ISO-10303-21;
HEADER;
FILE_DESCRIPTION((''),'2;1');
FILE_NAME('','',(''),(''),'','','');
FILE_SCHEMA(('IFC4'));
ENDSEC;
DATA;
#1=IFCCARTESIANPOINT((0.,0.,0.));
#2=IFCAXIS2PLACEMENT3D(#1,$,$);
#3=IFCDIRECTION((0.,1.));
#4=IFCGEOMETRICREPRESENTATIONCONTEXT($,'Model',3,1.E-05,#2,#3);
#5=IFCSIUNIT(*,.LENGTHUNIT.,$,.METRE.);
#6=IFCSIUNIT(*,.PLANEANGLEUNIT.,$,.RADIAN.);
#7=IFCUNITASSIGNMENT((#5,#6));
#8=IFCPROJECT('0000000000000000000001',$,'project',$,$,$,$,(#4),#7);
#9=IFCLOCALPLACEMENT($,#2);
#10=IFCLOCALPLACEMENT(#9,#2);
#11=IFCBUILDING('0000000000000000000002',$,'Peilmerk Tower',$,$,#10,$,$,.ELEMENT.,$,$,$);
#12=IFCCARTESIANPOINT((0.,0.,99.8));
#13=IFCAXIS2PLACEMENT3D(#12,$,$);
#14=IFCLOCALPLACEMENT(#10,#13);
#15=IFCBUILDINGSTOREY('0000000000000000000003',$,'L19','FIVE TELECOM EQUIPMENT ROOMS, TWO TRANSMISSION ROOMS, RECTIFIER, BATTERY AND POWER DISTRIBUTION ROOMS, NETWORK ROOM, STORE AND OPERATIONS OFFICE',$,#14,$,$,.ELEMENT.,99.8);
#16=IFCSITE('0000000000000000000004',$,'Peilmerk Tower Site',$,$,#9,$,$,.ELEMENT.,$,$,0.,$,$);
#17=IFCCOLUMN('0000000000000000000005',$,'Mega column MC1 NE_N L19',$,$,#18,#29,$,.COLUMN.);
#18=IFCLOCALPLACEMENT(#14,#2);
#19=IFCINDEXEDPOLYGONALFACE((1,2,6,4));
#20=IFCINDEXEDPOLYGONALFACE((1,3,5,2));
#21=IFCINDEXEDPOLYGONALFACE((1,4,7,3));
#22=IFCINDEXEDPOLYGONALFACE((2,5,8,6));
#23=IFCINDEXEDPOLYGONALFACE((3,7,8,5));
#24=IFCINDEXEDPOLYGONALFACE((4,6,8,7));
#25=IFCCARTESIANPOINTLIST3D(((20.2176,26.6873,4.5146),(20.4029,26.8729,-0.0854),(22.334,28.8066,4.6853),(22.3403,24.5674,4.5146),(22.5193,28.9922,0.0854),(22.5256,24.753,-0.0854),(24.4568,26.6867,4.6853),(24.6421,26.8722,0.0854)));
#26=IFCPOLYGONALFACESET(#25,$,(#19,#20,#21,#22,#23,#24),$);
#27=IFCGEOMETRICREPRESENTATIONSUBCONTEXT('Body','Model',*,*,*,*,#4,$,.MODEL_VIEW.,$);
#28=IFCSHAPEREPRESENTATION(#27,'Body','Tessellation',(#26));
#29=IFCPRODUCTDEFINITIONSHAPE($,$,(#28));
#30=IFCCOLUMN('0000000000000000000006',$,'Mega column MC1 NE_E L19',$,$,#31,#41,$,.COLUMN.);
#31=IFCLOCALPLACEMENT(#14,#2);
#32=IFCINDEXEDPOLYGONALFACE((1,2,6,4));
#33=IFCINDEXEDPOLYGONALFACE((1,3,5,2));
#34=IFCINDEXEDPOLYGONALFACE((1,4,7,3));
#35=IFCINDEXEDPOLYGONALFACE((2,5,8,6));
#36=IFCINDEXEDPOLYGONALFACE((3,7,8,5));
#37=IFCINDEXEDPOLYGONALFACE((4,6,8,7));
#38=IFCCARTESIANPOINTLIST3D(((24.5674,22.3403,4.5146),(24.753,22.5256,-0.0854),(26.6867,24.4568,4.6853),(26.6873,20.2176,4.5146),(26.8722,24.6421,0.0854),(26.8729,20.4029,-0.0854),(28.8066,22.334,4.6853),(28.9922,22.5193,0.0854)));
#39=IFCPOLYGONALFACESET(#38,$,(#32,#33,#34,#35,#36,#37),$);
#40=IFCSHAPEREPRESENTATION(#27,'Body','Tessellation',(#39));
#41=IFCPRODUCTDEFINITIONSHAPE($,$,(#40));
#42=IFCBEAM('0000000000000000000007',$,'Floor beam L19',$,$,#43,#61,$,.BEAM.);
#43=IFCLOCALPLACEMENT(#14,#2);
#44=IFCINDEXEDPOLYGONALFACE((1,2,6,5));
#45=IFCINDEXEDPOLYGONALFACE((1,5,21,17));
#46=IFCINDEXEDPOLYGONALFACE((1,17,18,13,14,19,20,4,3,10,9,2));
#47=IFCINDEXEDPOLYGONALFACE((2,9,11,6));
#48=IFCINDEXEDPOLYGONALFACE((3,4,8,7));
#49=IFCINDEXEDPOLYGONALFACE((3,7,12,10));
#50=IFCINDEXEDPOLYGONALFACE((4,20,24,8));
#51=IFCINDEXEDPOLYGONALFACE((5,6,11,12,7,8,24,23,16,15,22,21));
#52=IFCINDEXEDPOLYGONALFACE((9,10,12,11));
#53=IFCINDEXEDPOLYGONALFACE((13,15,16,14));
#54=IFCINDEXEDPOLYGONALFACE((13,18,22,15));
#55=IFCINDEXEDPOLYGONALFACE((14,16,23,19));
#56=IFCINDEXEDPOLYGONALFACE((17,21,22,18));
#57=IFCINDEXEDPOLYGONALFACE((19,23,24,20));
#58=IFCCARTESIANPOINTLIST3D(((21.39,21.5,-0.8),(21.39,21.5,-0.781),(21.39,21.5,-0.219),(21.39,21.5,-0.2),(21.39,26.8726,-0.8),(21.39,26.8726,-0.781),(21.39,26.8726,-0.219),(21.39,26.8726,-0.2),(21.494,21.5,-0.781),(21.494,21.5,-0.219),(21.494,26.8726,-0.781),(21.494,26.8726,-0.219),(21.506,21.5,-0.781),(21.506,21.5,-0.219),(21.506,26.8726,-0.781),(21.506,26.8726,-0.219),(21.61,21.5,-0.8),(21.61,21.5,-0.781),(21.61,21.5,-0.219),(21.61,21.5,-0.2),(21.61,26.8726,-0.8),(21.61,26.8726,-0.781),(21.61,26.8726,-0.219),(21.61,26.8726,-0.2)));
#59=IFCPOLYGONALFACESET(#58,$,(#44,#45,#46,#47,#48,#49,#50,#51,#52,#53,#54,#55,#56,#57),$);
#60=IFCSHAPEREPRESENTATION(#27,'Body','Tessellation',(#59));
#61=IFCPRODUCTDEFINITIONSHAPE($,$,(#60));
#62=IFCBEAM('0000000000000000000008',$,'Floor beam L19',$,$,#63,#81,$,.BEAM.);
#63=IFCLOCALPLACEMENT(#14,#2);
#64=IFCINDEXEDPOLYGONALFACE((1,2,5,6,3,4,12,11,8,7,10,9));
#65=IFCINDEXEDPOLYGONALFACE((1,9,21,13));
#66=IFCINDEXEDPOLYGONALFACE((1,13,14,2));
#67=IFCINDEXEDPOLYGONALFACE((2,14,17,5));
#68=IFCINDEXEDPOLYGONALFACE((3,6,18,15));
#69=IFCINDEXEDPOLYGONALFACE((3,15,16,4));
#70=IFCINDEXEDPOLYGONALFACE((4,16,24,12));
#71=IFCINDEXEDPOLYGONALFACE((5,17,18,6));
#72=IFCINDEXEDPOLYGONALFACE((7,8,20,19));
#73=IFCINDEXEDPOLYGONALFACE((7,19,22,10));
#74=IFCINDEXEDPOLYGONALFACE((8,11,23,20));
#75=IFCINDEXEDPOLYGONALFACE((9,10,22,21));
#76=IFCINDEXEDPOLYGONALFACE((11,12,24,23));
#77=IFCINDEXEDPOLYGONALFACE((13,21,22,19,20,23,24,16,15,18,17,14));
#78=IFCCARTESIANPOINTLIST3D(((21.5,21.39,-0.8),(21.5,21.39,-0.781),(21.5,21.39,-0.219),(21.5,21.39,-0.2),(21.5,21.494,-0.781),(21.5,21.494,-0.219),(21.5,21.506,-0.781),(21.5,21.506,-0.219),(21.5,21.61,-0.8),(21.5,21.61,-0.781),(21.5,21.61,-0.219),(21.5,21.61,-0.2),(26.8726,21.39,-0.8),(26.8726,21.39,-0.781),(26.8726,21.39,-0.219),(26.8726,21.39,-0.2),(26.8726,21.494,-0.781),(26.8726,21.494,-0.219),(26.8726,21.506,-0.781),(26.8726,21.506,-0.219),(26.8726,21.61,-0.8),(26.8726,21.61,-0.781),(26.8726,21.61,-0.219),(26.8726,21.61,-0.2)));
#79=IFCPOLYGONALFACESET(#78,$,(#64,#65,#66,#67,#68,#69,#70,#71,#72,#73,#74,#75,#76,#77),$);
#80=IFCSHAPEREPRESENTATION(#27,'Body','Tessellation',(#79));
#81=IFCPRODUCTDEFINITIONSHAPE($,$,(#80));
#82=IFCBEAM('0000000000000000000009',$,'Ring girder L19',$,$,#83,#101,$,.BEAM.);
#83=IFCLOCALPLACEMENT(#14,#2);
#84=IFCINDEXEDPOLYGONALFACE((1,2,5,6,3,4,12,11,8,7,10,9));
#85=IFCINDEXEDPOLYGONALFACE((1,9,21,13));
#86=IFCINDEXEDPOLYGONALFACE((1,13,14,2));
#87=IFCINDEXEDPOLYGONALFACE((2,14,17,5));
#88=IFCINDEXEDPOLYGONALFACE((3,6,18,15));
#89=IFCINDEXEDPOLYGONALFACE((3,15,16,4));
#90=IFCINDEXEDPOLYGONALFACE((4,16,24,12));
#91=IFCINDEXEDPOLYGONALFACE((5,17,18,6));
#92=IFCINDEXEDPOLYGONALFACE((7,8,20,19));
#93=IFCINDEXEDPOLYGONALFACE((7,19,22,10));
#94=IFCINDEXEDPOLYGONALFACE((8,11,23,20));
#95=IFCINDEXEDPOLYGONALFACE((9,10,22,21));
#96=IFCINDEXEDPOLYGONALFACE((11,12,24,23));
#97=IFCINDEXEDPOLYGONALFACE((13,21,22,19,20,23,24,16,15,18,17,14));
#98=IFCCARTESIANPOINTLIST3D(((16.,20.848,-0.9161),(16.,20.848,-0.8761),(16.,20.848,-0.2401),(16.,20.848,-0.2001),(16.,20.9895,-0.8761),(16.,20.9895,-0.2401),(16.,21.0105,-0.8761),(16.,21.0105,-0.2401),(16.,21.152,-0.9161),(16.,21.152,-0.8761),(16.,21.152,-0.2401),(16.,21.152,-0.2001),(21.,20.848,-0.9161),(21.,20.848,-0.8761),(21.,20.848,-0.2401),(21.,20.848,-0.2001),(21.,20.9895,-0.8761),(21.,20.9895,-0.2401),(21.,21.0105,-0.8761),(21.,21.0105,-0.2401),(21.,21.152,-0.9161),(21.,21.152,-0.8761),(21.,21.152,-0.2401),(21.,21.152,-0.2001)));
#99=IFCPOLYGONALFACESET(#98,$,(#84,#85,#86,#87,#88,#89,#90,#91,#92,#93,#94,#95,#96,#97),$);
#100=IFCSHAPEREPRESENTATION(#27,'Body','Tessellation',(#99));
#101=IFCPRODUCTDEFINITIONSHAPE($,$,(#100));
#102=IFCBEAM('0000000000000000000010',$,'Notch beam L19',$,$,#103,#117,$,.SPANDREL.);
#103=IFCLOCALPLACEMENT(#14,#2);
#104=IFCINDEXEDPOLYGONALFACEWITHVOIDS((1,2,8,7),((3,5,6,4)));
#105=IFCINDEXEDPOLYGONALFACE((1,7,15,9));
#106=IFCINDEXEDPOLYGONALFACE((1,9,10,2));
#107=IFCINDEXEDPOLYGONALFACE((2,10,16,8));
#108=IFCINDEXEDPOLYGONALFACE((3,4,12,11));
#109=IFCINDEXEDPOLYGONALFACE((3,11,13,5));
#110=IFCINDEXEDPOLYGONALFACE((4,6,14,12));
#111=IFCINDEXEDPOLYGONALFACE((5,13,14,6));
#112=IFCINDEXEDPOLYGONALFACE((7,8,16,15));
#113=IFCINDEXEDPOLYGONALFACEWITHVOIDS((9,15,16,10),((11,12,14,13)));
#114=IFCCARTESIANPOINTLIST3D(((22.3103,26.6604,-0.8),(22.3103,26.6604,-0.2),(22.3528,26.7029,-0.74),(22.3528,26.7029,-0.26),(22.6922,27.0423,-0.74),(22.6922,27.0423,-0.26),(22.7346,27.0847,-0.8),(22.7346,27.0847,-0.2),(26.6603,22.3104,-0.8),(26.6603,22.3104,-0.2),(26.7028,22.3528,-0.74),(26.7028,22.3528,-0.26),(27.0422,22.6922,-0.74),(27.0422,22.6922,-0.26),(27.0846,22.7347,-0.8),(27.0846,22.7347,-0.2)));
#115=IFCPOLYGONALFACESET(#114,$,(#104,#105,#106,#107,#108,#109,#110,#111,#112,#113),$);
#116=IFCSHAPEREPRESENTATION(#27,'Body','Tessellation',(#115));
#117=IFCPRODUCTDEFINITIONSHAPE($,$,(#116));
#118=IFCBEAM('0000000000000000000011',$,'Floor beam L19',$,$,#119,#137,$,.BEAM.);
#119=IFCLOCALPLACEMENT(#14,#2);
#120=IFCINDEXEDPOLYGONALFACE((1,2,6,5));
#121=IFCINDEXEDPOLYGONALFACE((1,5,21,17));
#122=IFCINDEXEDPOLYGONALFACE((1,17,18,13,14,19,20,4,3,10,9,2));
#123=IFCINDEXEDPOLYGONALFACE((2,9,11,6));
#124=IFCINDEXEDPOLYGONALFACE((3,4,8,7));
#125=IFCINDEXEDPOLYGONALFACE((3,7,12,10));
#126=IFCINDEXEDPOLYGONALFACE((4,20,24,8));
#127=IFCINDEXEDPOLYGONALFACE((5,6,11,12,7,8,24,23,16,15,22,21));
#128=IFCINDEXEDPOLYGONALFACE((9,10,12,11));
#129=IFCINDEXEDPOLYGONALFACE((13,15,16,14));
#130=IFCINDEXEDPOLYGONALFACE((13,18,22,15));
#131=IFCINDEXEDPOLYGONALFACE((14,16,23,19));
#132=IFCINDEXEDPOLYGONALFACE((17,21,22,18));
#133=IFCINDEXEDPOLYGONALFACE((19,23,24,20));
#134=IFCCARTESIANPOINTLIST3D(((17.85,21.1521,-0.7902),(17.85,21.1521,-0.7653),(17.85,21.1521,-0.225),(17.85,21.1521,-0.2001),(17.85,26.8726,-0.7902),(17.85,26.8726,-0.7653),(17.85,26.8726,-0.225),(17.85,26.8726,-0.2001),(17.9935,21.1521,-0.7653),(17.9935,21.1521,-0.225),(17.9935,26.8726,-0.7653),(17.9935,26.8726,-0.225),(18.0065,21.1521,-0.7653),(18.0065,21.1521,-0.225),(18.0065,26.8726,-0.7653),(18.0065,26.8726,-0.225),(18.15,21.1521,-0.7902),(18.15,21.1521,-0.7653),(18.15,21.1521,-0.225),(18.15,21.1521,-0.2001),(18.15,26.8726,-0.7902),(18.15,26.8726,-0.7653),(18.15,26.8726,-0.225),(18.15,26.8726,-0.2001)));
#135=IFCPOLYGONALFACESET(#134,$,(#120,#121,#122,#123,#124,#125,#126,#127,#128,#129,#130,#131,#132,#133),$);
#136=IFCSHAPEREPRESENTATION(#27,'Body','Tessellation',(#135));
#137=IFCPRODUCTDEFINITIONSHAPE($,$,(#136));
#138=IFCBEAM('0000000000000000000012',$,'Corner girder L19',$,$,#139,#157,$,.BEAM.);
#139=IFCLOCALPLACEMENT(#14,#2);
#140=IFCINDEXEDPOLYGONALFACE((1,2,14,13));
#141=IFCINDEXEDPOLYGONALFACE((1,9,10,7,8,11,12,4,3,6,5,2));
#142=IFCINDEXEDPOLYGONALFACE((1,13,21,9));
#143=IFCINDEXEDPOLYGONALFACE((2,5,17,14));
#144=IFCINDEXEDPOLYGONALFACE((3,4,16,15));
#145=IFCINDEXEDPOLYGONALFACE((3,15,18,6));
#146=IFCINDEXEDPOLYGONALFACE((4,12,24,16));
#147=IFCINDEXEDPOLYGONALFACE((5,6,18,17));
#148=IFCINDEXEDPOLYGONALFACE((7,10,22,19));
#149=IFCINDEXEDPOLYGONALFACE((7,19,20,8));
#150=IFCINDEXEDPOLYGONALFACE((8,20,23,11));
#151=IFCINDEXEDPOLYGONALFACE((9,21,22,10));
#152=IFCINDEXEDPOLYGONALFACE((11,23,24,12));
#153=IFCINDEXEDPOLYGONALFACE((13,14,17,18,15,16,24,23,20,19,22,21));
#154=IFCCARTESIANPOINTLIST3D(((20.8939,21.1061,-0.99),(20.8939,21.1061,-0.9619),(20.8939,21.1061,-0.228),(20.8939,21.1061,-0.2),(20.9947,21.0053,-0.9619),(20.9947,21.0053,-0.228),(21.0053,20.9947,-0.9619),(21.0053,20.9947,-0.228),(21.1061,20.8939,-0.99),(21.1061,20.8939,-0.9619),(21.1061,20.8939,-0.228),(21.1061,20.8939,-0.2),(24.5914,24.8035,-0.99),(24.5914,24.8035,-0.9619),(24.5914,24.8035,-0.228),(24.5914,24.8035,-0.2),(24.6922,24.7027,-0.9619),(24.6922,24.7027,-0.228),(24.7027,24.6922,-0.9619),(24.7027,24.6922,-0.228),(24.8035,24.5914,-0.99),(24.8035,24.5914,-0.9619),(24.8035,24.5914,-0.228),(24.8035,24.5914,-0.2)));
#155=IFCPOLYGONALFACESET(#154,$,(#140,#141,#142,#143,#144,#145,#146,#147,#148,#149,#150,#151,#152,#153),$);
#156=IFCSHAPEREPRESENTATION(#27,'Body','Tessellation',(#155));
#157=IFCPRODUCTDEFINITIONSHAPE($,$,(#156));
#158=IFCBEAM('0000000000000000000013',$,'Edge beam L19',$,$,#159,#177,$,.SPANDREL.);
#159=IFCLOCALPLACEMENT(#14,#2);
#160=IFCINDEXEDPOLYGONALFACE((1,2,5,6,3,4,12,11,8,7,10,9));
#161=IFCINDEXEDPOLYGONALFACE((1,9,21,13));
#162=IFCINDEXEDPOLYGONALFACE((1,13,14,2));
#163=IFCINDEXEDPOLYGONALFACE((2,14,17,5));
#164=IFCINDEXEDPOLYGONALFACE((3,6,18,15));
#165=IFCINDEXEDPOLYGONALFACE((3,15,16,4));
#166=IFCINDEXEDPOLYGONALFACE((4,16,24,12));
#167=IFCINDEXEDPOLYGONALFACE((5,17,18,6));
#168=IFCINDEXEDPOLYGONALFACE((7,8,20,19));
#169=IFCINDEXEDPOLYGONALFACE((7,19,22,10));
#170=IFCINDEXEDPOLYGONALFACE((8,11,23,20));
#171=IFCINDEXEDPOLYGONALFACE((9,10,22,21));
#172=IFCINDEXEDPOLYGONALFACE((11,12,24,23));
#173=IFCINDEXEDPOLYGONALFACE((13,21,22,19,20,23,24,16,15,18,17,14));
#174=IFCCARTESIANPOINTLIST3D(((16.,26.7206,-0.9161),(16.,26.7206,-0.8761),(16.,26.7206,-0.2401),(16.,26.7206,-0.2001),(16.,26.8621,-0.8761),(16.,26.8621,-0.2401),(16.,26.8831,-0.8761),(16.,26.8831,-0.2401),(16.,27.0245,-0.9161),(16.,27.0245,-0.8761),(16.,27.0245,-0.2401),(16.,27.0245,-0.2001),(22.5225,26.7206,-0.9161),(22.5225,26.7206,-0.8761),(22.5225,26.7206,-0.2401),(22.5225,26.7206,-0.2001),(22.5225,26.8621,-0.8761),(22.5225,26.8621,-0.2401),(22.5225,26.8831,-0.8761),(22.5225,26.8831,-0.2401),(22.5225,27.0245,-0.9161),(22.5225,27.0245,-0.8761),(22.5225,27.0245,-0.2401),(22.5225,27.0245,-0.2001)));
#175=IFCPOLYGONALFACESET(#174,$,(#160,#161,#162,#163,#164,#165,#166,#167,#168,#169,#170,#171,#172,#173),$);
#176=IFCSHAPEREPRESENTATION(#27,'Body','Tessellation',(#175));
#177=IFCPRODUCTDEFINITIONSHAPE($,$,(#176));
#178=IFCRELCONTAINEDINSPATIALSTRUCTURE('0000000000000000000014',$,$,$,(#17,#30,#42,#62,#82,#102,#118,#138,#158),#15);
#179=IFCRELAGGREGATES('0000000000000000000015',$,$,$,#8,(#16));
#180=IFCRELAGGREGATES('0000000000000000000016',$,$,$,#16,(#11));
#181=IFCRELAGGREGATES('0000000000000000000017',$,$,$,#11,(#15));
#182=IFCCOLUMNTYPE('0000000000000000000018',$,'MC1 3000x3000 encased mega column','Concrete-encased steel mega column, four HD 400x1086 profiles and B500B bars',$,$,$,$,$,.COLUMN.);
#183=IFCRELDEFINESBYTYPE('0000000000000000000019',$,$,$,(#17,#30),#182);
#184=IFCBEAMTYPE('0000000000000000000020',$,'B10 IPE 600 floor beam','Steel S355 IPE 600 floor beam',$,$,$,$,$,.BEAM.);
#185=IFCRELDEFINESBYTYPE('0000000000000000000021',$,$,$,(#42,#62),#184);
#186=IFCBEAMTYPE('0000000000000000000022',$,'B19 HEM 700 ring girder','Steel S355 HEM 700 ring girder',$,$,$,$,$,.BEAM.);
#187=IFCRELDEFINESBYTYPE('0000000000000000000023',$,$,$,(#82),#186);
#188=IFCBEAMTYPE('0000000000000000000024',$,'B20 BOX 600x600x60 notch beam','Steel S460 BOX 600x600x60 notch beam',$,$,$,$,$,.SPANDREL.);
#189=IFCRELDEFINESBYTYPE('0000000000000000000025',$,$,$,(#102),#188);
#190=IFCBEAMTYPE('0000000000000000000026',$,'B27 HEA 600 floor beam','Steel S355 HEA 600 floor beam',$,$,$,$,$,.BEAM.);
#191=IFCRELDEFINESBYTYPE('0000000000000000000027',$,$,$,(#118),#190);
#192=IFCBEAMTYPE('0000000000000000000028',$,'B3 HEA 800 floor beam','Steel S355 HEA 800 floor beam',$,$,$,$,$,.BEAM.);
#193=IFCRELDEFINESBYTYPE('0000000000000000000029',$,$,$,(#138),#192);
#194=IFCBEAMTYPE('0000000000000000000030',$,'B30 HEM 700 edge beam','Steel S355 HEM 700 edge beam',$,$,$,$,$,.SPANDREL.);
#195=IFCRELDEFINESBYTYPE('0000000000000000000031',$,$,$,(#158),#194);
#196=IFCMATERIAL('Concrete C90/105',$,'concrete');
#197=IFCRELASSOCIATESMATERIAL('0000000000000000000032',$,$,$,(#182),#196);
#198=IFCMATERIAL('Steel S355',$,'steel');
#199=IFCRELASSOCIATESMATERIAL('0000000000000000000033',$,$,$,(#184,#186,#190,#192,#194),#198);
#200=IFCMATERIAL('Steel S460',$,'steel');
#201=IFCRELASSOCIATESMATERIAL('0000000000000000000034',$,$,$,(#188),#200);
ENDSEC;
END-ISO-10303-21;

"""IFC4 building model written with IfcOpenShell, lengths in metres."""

from ifc_helpers import new_model, si_unit, direction, frame, origin, origin_2d, place, context, subcontext, project, spatial, rectangle, hollow_rectangle, i_section, extrude, material, material_profile, profile_set, type_object, element, save


model = new_model("IFC4")

# Units and contexts
model_context = context("Model", 3, precision=1e-05, world=origin(), true_north=direction((0.0, 1.0)))
body_context = subcontext(model_context, "Body", "Model", "MODEL_VIEW")
ifc_project = project(units=[si_unit("LENGTHUNIT", "METRE"), si_unit("PLANEANGLEUNIT", "RADIAN")], contexts=[model_context])

# Site, building, storey
site_placement = place(None, origin())
site = spatial("IfcSite", under=ifc_project, at=site_placement, Name="Peilmerk Tower Site", CompositionType="ELEMENT", RefElevation=0.0)
building_placement = place(site_placement, origin())
building = spatial("IfcBuilding", under=site, at=building_placement, Name="Peilmerk Tower", CompositionType="ELEMENT")
storey_placement = place(building_placement, frame((0.0, 0.0, 99.8)))
storey = spatial("IfcBuildingStorey", under=building, at=storey_placement, Name="L19", Description="FIVE TELECOM EQUIPMENT ROOMS, TWO TRANSMISSION ROOMS, RECTIFIER, BATTERY AND POWER DISTRIBUTION ROOMS, NETWORK ROOM, STORE AND OPERATIONS OFFICE", CompositionType="ELEMENT", Elevation=99.8)

# Columns
ifc_material_1 = material(Name="Concrete C90/105", Category="concrete")
ifc_material_profile_1 = material_profile(ifc_material_1, rectangle(XDim=3.0, YDim=3.0, at=origin_2d()), Name="RC 3000x3000")
ifc_profile_set_1 = profile_set([ifc_material_profile_1], Name="Concrete C90/105")
column_type = type_object("IfcColumnType", Name="MC1 3000x3000 encased mega column", Description="Concrete-encased steel mega column, four HD 400x1086 profiles and B500B bars", PredefinedType="COLUMN", material=ifc_profile_set_1)
for number, where, z_axis, x_axis, name in (
    (1, (22.5225, 26.8726, 0.0), (-0.040219, -0.040272, 0.998379), (0.707572, -0.706641, 0.0), "Mega column MC1 NE_N L19"),
    (2, (26.8726, 22.5225, 0.0), (-0.040272, -0.040219, 0.998379), (0.706641, -0.707572, 0.0), "Mega column MC1 NE_E L19"),
):
    element("IfcColumn", number, at=place(storey_placement, frame(where, z_axis=z_axis, x_axis=x_axis)), inside=storey, type_object=column_type, Name=name, PredefinedType="COLUMN", context=body_context, shape_type="SweptSolid", body=[
        extrude(rectangle(XDim=3.0, YDim=3.0, at=origin_2d()), origin(), (0.0, 0.0, 1.0), 4.6074),
    ])

# Beams
ifc_material_2 = material(Name="Steel S355", Category="steel")
ifc_material_profile_2 = material_profile(ifc_material_2, i_section(OverallWidth=0.22, OverallDepth=0.6001, WebThickness=0.012, FlangeThickness=0.019, at=origin_2d()), Name="IPE 600")
ifc_profile_set_2 = profile_set([ifc_material_profile_2], Name="Steel S355")
beam_type_1 = type_object("IfcBeamType", Name="B10 IPE 600 floor beam", Description="Steel S355 IPE 600 floor beam", PredefinedType="BEAM", material=ifc_profile_set_2)
for number, where, z_axis, x_axis, name in (
    (3, (21.5, 21.5, -0.5), (0.0, 1.0, 0.0), (-1.0, 0.0, 0.0), "Floor beam L19"),
    (4, (21.5, 21.5, -0.5), (1.0, 0.0, 0.0), (0.0, 1.0, 0.0), "Floor beam L19"),
):
    element("IfcBeam", number, at=place(storey_placement, frame(where, z_axis=z_axis, x_axis=x_axis)), inside=storey, type_object=beam_type_1, Name=name, PredefinedType="BEAM", context=body_context, shape_type="SweptSolid", body=[
        extrude(i_section(OverallWidth=0.22, OverallDepth=0.6001, WebThickness=0.012, FlangeThickness=0.019, at=origin_2d()), origin(), (0.0, 0.0, 1.0), 5.3726),
    ])
ifc_material_profile_3 = material_profile(ifc_material_2, i_section(OverallWidth=0.304, OverallDepth=0.7161, WebThickness=0.021, FlangeThickness=0.04, at=origin_2d()), Name="HEM 700")
ifc_profile_set_3 = profile_set([ifc_material_profile_3], Name="Steel S355")
beam_type_2 = type_object("IfcBeamType", Name="B19 HEM 700 ring girder", Description="Steel S355 HEM 700 ring girder", PredefinedType="BEAM", material=ifc_profile_set_3)
beam_1_placement = place(storey_placement, frame((21.0, 21.0, -0.5581), z_axis=(-1.0, 0.0, 0.0), x_axis=(0.0, -1.0, 0.0)))
element("IfcBeam", 5, at=beam_1_placement, inside=storey, type_object=beam_type_2, Name="Ring girder L19", PredefinedType="BEAM", context=body_context, shape_type="SweptSolid", body=[
    extrude(i_section(OverallWidth=0.304, OverallDepth=0.7161, WebThickness=0.021, FlangeThickness=0.04, at=origin_2d()), origin(), (0.0, 0.0, 1.0), 5.0),
])
ifc_material_3 = material(Name="Steel S460", Category="steel")
ifc_material_profile_4 = material_profile(ifc_material_3, hollow_rectangle(XDim=0.6001, YDim=0.6001, WallThickness=0.0601, at=origin_2d()), Name="BOX 600x600x60")
ifc_profile_set_4 = profile_set([ifc_material_profile_4], Name="Steel S460")
beam_type_3 = type_object("IfcBeamType", Name="B20 BOX 600x600x60 notch beam", Description="Steel S460 BOX 600x600x60 notch beam", PredefinedType="SPANDREL", material=ifc_profile_set_4)
beam_2_placement = place(storey_placement, frame((22.5225, 26.8726, -0.5), z_axis=(0.707107, -0.707107, 0.0), x_axis=(0.707107, 0.707107, 0.0)))
element("IfcBeam", 6, at=beam_2_placement, inside=storey, type_object=beam_type_3, Name="Notch beam L19", PredefinedType="SPANDREL", context=body_context, shape_type="SweptSolid", body=[
    extrude(hollow_rectangle(XDim=0.6001, YDim=0.6001, WallThickness=0.0601, at=origin_2d()), origin(), (0.0, 0.0, 1.0), 6.1519),
])
ifc_material_profile_5 = material_profile(ifc_material_2, i_section(OverallWidth=0.3, OverallDepth=0.5901, WebThickness=0.0129, FlangeThickness=0.0249, at=origin_2d()), Name="HEA 600")
ifc_profile_set_5 = profile_set([ifc_material_profile_5], Name="Steel S355")
beam_type_4 = type_object("IfcBeamType", Name="B27 HEA 600 floor beam", Description="Steel S355 HEA 600 floor beam", PredefinedType="BEAM", material=ifc_profile_set_5)
beam_3_placement = place(storey_placement, frame((18.0, 21.1521, -0.4951), z_axis=(0.0, 1.0, 0.0), x_axis=(-1.0, 0.0, 0.0)))
element("IfcBeam", 7, at=beam_3_placement, inside=storey, type_object=beam_type_4, Name="Floor beam L19", PredefinedType="BEAM", context=body_context, shape_type="SweptSolid", body=[
    extrude(i_section(OverallWidth=0.3, OverallDepth=0.5901, WebThickness=0.0129, FlangeThickness=0.0249, at=origin_2d()), origin(), (0.0, 0.0, 1.0), 5.7205),
])
ifc_material_profile_6 = material_profile(ifc_material_2, i_section(OverallWidth=0.3, OverallDepth=0.79, WebThickness=0.0149, FlangeThickness=0.0281, at=origin_2d()), Name="HEA 800")
ifc_profile_set_6 = profile_set([ifc_material_profile_6], Name="Steel S355")
beam_type_5 = type_object("IfcBeamType", Name="B3 HEA 800 floor beam", Description="Steel S355 HEA 800 floor beam", PredefinedType="BEAM", material=ifc_profile_set_6)
beam_4_placement = place(storey_placement, frame((21.0, 21.0, -0.595), z_axis=(0.707107, 0.707107, 0.0), x_axis=(-0.707107, 0.707107, 0.0)))
element("IfcBeam", 8, at=beam_4_placement, inside=storey, type_object=beam_type_5, Name="Corner girder L19", PredefinedType="BEAM", context=body_context, shape_type="SweptSolid", body=[
    extrude(i_section(OverallWidth=0.3, OverallDepth=0.79, WebThickness=0.0149, FlangeThickness=0.0281, at=origin_2d()), origin(), (0.0, 0.0, 1.0), 5.229),
])
ifc_material_profile_7 = material_profile(ifc_material_2, i_section(OverallWidth=0.304, OverallDepth=0.7161, WebThickness=0.021, FlangeThickness=0.04, at=origin_2d()), Name="HEM 700")
ifc_profile_set_7 = profile_set([ifc_material_profile_7], Name="Steel S355")
beam_type_6 = type_object("IfcBeamType", Name="B30 HEM 700 edge beam", Description="Steel S355 HEM 700 edge beam", PredefinedType="SPANDREL", material=ifc_profile_set_7)
beam_5_placement = place(storey_placement, frame((22.5225, 26.8726, -0.5581), z_axis=(-1.0, 0.0, 0.0), x_axis=(0.0, -1.0, 0.0)))
element("IfcBeam", 9, at=beam_5_placement, inside=storey, type_object=beam_type_6, Name="Edge beam L19", PredefinedType="SPANDREL", context=body_context, shape_type="SweptSolid", body=[
    extrude(i_section(OverallWidth=0.304, OverallDepth=0.7161, WebThickness=0.021, FlangeThickness=0.04, at=origin_2d()), origin(), (0.0, 0.0, 1.0), 6.5225),
])

save(model, "model.ifc")
